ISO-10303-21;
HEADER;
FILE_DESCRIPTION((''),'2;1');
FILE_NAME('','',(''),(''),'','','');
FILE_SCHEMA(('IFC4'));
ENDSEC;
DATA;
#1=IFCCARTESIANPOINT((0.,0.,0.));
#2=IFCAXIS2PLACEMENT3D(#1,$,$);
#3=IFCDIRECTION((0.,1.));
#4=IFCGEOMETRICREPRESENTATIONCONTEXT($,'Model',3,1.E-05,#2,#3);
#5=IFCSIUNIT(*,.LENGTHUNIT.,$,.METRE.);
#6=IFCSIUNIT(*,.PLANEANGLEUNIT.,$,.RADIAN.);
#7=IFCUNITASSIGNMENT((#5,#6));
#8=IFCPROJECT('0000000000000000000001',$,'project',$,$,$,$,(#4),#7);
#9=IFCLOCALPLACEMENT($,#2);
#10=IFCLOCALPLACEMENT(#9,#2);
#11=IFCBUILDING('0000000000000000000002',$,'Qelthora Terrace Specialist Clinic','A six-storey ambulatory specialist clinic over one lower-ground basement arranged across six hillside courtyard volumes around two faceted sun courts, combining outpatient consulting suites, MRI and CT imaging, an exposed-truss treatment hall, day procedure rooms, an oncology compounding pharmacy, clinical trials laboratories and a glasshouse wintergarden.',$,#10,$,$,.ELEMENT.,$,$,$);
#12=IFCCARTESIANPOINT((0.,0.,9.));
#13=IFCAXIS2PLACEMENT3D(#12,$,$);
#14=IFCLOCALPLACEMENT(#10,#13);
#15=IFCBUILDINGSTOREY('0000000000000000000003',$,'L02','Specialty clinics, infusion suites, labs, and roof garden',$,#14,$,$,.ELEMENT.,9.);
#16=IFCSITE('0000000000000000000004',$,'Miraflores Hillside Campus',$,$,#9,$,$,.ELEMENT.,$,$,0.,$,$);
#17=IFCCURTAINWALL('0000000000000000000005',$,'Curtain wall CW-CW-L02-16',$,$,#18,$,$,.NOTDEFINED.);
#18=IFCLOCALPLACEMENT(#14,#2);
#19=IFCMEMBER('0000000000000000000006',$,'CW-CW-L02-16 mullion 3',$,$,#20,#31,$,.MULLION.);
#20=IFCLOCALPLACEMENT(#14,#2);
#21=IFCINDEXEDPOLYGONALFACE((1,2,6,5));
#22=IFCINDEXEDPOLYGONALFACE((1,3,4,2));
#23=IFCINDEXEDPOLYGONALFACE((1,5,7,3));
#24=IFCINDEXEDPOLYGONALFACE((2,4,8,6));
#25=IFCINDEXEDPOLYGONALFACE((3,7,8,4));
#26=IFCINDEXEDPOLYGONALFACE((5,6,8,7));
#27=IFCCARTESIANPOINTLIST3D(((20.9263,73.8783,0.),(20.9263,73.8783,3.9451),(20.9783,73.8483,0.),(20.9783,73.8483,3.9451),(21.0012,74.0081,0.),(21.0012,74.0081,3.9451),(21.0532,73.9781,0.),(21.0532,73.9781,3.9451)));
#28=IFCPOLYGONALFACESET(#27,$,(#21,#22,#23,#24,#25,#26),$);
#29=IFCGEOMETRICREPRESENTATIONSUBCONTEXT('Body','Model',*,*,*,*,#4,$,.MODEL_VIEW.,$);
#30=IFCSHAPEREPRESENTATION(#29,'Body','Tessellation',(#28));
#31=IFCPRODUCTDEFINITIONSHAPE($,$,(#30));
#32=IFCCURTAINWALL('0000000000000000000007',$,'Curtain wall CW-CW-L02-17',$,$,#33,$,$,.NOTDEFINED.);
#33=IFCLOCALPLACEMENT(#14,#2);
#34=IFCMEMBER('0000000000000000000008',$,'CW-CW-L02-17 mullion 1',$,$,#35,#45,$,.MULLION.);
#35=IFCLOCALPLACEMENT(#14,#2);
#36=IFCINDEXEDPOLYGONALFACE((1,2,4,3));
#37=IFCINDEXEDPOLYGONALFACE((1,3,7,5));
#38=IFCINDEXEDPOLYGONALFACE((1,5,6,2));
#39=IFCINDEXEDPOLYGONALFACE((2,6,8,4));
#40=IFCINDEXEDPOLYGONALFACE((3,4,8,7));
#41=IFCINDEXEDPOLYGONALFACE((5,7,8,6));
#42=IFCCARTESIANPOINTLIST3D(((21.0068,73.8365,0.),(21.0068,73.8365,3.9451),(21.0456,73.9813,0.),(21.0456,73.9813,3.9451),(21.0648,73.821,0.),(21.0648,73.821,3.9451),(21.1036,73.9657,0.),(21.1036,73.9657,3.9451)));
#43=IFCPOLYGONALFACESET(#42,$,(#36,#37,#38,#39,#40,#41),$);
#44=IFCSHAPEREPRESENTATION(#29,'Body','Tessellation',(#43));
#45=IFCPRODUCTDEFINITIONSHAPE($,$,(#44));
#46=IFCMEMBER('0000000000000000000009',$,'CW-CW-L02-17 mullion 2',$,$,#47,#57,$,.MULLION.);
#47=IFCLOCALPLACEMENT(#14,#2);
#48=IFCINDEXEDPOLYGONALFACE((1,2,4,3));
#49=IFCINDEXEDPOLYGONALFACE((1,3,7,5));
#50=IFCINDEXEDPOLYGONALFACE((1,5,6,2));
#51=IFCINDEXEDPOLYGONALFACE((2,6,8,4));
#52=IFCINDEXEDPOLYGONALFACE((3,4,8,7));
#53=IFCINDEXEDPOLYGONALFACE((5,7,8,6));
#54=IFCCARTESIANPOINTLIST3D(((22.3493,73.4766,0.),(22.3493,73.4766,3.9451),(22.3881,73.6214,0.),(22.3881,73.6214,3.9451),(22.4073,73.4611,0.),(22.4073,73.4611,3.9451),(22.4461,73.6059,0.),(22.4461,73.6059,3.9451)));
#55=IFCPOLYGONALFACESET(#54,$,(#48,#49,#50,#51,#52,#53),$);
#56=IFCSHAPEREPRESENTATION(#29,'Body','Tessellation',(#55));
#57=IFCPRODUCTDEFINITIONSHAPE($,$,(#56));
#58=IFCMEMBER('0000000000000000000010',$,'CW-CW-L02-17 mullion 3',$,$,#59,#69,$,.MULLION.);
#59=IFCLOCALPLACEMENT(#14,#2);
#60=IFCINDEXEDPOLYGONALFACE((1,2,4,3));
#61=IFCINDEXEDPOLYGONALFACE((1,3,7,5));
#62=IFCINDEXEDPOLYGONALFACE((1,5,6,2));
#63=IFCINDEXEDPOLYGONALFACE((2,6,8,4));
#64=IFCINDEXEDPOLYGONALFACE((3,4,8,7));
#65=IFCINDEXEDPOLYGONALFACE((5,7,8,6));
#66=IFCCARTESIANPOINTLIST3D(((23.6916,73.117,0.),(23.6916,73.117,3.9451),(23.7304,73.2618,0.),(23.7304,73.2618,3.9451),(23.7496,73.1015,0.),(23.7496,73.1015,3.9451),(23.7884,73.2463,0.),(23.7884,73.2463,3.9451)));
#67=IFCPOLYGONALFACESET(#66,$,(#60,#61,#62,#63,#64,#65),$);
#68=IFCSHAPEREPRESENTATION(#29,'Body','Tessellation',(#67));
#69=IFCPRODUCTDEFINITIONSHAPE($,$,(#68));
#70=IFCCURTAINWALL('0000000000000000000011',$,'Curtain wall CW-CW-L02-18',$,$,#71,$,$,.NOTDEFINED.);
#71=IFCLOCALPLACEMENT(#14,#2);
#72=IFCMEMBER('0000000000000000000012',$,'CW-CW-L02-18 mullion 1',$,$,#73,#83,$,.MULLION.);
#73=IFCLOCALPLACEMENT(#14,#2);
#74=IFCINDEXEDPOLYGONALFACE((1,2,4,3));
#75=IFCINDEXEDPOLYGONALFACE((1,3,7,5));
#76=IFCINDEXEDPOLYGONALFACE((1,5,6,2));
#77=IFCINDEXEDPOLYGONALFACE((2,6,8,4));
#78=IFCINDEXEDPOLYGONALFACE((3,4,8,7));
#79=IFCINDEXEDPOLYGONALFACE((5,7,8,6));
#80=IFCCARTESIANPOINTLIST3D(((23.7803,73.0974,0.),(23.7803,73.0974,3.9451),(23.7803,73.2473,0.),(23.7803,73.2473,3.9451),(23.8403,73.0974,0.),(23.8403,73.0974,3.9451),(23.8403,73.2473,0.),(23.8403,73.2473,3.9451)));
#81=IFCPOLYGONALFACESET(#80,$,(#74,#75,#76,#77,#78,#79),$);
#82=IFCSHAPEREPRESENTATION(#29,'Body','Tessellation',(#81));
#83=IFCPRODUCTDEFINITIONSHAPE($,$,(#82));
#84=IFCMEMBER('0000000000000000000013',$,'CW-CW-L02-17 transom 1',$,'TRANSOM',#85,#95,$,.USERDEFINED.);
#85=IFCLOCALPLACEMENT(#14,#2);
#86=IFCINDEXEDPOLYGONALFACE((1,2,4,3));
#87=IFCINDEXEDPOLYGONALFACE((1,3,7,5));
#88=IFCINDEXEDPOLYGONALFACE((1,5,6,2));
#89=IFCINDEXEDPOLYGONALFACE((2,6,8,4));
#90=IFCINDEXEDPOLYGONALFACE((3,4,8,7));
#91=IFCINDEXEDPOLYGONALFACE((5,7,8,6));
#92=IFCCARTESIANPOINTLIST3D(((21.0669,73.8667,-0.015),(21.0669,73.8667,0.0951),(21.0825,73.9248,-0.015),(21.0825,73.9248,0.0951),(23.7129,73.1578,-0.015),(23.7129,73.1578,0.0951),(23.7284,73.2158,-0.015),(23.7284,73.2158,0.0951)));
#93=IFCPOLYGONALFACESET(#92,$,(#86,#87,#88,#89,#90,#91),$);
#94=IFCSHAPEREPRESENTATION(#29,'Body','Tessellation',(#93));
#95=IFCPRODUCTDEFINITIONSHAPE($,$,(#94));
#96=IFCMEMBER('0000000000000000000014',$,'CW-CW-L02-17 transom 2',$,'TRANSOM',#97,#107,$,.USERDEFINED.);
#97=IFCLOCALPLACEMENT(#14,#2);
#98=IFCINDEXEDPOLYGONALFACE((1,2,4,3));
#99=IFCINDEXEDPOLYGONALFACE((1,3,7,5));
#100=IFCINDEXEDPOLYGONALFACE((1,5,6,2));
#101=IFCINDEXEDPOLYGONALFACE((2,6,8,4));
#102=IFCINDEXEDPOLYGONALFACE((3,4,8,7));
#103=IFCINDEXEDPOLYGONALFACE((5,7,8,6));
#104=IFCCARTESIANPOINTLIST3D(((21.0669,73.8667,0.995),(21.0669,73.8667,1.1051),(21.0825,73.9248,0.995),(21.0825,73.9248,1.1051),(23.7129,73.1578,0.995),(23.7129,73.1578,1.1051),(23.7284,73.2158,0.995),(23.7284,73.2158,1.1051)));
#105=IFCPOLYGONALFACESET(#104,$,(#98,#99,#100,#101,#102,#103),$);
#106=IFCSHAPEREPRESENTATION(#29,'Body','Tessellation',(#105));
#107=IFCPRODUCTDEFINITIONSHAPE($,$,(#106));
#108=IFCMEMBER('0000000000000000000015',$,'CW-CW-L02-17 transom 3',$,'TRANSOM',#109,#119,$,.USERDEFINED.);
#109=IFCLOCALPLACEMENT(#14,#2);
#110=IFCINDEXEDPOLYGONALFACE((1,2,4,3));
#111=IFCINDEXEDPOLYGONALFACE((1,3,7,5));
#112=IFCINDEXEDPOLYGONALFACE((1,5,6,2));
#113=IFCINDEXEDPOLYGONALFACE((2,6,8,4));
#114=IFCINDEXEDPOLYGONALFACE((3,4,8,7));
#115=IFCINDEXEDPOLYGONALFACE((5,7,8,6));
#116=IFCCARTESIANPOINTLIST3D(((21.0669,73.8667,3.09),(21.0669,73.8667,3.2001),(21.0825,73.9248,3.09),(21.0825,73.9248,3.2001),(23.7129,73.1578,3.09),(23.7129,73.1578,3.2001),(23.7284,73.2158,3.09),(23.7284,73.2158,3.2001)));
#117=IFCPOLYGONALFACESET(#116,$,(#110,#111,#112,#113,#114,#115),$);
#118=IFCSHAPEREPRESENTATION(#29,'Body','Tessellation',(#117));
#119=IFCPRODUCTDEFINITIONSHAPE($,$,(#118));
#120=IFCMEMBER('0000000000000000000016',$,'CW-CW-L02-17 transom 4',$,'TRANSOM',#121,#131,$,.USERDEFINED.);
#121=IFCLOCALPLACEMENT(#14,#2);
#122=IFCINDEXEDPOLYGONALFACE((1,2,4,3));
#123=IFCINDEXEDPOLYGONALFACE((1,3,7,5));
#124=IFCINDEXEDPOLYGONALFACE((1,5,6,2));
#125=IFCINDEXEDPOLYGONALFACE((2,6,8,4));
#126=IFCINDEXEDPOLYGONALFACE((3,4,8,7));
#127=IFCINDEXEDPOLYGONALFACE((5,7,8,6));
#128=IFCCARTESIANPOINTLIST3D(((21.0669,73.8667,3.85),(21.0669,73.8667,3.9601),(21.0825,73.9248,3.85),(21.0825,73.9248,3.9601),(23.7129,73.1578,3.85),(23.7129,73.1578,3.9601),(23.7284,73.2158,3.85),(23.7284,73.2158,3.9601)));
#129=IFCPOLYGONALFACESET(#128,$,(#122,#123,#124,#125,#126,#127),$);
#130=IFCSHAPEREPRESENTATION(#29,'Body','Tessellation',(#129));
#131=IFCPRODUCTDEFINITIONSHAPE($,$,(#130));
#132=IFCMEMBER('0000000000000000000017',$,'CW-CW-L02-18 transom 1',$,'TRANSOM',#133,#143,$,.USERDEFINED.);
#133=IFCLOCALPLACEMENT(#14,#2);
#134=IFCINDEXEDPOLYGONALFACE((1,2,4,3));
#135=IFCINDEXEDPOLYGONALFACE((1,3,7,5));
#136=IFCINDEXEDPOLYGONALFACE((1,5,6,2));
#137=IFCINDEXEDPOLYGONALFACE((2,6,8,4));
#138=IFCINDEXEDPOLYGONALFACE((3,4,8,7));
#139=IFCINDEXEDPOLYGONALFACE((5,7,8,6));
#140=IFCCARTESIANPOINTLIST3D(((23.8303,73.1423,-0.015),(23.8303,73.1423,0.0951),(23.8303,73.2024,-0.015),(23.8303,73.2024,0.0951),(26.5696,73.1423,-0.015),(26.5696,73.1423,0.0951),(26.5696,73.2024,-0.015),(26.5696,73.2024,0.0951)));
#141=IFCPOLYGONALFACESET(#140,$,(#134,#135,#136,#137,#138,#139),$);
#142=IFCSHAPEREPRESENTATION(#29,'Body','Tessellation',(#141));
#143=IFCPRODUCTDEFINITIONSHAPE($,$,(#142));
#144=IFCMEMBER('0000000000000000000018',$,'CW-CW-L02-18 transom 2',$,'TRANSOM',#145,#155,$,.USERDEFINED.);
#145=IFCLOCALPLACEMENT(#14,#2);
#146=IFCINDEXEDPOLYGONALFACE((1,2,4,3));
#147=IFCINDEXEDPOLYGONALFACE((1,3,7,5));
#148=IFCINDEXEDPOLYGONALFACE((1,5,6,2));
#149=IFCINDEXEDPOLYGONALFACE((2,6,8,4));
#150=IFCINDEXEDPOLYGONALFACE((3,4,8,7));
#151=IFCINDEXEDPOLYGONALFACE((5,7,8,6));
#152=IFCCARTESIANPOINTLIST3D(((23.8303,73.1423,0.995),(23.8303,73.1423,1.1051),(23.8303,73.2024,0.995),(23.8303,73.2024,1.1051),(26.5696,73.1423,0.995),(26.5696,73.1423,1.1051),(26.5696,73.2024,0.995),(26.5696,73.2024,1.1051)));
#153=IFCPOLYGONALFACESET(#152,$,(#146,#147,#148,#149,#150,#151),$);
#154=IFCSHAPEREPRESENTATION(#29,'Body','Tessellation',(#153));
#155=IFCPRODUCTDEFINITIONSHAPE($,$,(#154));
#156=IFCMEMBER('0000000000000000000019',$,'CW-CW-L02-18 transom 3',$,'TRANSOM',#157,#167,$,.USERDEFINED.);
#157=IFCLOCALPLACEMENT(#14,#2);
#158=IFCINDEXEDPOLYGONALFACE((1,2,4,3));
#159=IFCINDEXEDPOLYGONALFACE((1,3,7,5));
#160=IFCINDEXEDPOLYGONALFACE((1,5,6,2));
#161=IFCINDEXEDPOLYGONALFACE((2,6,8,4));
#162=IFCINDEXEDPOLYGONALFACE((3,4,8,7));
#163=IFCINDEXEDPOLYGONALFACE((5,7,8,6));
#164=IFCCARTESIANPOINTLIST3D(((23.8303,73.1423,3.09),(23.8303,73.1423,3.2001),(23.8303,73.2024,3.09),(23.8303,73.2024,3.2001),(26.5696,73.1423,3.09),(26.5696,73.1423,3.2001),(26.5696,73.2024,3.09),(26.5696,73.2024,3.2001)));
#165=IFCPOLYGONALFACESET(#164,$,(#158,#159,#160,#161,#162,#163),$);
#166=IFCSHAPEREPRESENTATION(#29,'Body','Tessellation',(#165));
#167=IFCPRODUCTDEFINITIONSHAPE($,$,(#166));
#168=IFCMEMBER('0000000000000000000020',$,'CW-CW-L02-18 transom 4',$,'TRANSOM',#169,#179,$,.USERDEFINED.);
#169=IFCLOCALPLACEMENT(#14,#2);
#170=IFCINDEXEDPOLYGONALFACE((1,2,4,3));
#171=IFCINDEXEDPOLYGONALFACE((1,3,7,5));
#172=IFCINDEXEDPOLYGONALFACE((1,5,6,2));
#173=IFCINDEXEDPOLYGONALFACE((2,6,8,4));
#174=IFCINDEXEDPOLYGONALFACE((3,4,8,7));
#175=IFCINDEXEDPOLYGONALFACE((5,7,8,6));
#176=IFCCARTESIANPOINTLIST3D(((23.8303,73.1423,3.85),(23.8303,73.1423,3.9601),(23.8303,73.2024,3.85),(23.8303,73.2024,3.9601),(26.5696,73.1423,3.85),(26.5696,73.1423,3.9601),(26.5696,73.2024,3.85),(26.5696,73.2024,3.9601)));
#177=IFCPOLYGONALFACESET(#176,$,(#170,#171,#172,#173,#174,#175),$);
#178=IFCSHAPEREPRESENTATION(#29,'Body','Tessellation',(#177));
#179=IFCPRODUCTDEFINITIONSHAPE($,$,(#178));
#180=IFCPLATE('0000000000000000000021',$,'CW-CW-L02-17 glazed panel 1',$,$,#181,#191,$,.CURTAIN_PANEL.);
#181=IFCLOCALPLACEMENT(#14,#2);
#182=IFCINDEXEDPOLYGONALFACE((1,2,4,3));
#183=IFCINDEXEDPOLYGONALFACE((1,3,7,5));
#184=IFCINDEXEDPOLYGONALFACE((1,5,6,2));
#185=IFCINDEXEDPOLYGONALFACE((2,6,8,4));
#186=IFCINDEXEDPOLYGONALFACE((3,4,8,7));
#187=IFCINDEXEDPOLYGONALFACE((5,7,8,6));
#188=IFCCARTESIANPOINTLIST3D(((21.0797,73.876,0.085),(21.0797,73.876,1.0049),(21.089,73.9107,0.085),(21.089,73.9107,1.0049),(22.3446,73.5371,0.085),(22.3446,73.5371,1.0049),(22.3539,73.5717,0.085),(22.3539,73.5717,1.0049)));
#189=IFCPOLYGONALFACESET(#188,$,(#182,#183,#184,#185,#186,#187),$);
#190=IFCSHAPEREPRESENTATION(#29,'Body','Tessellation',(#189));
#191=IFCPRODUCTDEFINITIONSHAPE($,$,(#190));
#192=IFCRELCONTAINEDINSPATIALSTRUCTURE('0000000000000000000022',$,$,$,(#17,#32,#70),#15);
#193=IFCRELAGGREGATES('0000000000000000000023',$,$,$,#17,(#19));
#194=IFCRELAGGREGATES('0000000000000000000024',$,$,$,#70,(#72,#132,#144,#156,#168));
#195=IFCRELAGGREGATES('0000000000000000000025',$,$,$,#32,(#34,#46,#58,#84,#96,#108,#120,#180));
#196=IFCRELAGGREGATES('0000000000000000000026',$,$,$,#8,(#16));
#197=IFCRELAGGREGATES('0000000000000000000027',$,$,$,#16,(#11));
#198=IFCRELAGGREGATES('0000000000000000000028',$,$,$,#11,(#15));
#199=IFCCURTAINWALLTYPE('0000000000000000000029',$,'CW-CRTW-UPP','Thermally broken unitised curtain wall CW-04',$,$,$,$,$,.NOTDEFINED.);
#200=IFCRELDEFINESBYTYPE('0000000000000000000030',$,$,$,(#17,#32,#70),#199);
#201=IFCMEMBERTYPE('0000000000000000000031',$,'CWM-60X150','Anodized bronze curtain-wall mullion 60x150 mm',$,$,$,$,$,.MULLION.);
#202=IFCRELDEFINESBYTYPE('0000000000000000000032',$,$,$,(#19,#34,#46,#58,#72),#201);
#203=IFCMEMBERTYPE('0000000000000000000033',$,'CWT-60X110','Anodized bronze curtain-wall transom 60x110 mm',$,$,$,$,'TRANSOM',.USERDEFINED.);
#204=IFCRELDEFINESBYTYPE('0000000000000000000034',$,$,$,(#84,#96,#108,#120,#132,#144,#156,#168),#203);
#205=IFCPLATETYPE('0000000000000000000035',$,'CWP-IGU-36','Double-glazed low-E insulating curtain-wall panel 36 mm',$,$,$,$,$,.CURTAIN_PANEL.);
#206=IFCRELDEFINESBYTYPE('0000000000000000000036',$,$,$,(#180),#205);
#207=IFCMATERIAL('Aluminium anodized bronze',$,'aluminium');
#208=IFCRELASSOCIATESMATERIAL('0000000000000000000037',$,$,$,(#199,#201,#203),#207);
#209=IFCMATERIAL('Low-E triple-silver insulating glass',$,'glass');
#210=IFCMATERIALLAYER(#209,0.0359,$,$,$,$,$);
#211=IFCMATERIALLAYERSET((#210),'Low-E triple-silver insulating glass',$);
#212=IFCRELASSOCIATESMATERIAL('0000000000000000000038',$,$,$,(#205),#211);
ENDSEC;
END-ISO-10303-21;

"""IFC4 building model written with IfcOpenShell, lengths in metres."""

from ifc_helpers import new_model, si_unit, direction, frame, origin, origin_2d, place, context, subcontext, project, spatial, rectangle, extrude, material, layer, layer_set, material_profile, profile_set, type_object, element, aggregate, save


model = new_model("IFC4")

# Units and contexts
model_context = context("Model", 3, precision=1e-05, world=origin(), true_north=direction((0.0, 1.0)))
body_context = subcontext(model_context, "Body", "Model", "MODEL_VIEW")
ifc_project = project(units=[si_unit("LENGTHUNIT", "METRE"), si_unit("PLANEANGLEUNIT", "RADIAN")], contexts=[model_context])

# Site, building, storey
site_placement = place(None, origin())
site = spatial("IfcSite", under=ifc_project, at=site_placement, Name="Miraflores Hillside Campus", CompositionType="ELEMENT", RefElevation=0.0)
building_placement = place(site_placement, origin())
building = spatial("IfcBuilding", under=site, at=building_placement, Name="Qelthora Terrace Specialist Clinic", Description="A six-storey ambulatory specialist clinic over one lower-ground basement arranged across six hillside courtyard volumes around two faceted sun courts, combining outpatient consulting suites, MRI and CT imaging, an exposed-truss treatment hall, day procedure rooms, an oncology compounding pharmacy, clinical trials laboratories and a glasshouse wintergarden.", CompositionType="ELEMENT")
storey_placement = place(building_placement, frame((0.0, 0.0, 9.0)))
storey = spatial("IfcBuildingStorey", under=building, at=storey_placement, Name="L02", Description="Specialty clinics, infusion suites, labs, and roof garden", CompositionType="ELEMENT", Elevation=9.0)

# Curtain wall, member
ifc_material_1 = material(Name="Aluminium anodized bronze", Category="aluminium")
curtain_wall_type = type_object("IfcCurtainWallType", Name="CW-CRTW-UPP", Description="Thermally broken unitised curtain wall CW-04", PredefinedType="NOTDEFINED", material=ifc_material_1)
curtain_wall_1_placement = place(storey_placement, origin())
curtain_wall_1 = element("IfcCurtainWall", 1, at=curtain_wall_1_placement, inside=storey, type_object=curtain_wall_type, Name="Curtain wall CW-CW-L02-16", PredefinedType="NOTDEFINED")
ifc_material_profile_1 = material_profile(ifc_material_1, rectangle(XDim=0.0601, YDim=0.1499, at=origin_2d()), Name="CWM60X150")
ifc_profile_set_1 = profile_set([ifc_material_profile_1], Name="Aluminium anodized bronze")
member_type_1 = type_object("IfcMemberType", Name="CWM-60X150", Description="Anodized bronze curtain-wall mullion 60x150 mm", PredefinedType="MULLION", material=ifc_profile_set_1)
member_1_placement = place(storey_placement, frame((20.9897, 73.9282, 0.0), z_axis=(0.0, 0.0, 1.0), x_axis=(0.866026, -0.5, 0.0)))
member_1 = element("IfcMember", 2, at=member_1_placement, type_object=member_type_1, Name="CW-CW-L02-16 mullion 3", PredefinedType="MULLION", context=body_context, shape_type="SweptSolid", body=[
    extrude(rectangle(XDim=0.0601, YDim=0.1499, at=origin_2d()), origin(), (0.0, 0.0, 1.0), 3.9451),
])
aggregate(curtain_wall_1, [member_1])

# Curtain wall, members
curtain_wall_2_placement = place(storey_placement, origin())
curtain_wall_2 = element("IfcCurtainWall", 3, at=curtain_wall_2_placement, inside=storey, type_object=curtain_wall_type, Name="Curtain wall CW-CW-L02-17", PredefinedType="NOTDEFINED")
member_2_placement = place(storey_placement, frame((21.0552, 73.9011, 0.0), z_axis=(0.0, 0.0, 1.0), x_axis=(0.965925, -0.25882, 0.0)))
member_2 = element("IfcMember", 4, at=member_2_placement, type_object=member_type_1, Name="CW-CW-L02-17 mullion 1", PredefinedType="MULLION", context=body_context, shape_type="SweptSolid", body=[
    extrude(rectangle(XDim=0.0601, YDim=0.1499, at=origin_2d()), origin(), (0.0, 0.0, 1.0), 3.9451),
])
member_3_placement = place(storey_placement, frame((22.3977, 73.5413, 0.0), z_axis=(0.0, 0.0, 1.0), x_axis=(0.965925, -0.25882, 0.0)))
member_3 = element("IfcMember", 5, at=member_3_placement, type_object=member_type_1, Name="CW-CW-L02-17 mullion 2", PredefinedType="MULLION", context=body_context, shape_type="SweptSolid", body=[
    extrude(rectangle(XDim=0.0601, YDim=0.1499, at=origin_2d()), origin(), (0.0, 0.0, 1.0), 3.9451),
])
member_4_placement = place(storey_placement, frame((23.74, 73.1816, 0.0), z_axis=(0.0, 0.0, 1.0), x_axis=(0.965925, -0.25882, 0.0)))
member_4 = element("IfcMember", 6, at=member_4_placement, type_object=member_type_1, Name="CW-CW-L02-17 mullion 3", PredefinedType="MULLION", context=body_context, shape_type="SweptSolid", body=[
    extrude(rectangle(XDim=0.0601, YDim=0.1499, at=origin_2d()), origin(), (0.0, 0.0, 1.0), 3.9451),
])

# Curtain wall, member
curtain_wall_3_placement = place(storey_placement, origin())
curtain_wall_3 = element("IfcCurtainWall", 7, at=curtain_wall_3_placement, inside=storey, type_object=curtain_wall_type, Name="Curtain wall CW-CW-L02-18", PredefinedType="NOTDEFINED")
member_5_placement = place(storey_placement, frame((23.8103, 73.1724, 0.0), z_axis=(0.0, 0.0, 1.0), x_axis=(1.0, 0.0, 0.0)))
member_5 = element("IfcMember", 8, at=member_5_placement, type_object=member_type_1, Name="CW-CW-L02-18 mullion 1", PredefinedType="MULLION", context=body_context, shape_type="SweptSolid", body=[
    extrude(rectangle(XDim=0.0601, YDim=0.1499, at=origin_2d()), origin(), (0.0, 0.0, 1.0), 3.9451),
])

# Members
ifc_material_profile_2 = material_profile(ifc_material_1, rectangle(XDim=0.0601, YDim=0.1101, at=origin_2d()), Name="CWT60X110")
ifc_profile_set_2 = profile_set([ifc_material_profile_2], Name="Aluminium anodized bronze")
member_type_2 = type_object("IfcMemberType", Name="CWT-60X110", Description="Anodized bronze curtain-wall transom 60x110 mm", ElementType="TRANSOM", PredefinedType="USERDEFINED", material=ifc_profile_set_2)
member_6_placement = place(storey_placement, frame((21.0747, 73.8958, 0.04), z_axis=(0.965927, -0.258816, 0.0), x_axis=(0.258816, 0.965927, 0.0)))
member_6 = element("IfcMember", 9, at=member_6_placement, type_object=member_type_2, Name="CW-CW-L02-17 transom 1", ObjectType="TRANSOM", PredefinedType="USERDEFINED", context=body_context, shape_type="SweptSolid", body=[
    extrude(rectangle(XDim=0.0601, YDim=0.1101, at=origin_2d()), origin(), (0.0, 0.0, 1.0), 2.7393),
])
member_7_placement = place(storey_placement, frame((21.0747, 73.8958, 1.05), z_axis=(0.965927, -0.258816, 0.0), x_axis=(0.258816, 0.965927, 0.0)))
member_7 = element("IfcMember", 10, at=member_7_placement, type_object=member_type_2, Name="CW-CW-L02-17 transom 2", ObjectType="TRANSOM", PredefinedType="USERDEFINED", context=body_context, shape_type="SweptSolid", body=[
    extrude(rectangle(XDim=0.0601, YDim=0.1101, at=origin_2d()), origin(), (0.0, 0.0, 1.0), 2.7393),
])
member_8_placement = place(storey_placement, frame((21.0747, 73.8958, 3.145), z_axis=(0.965927, -0.258816, 0.0), x_axis=(0.258816, 0.965927, 0.0)))
member_8 = element("IfcMember", 11, at=member_8_placement, type_object=member_type_2, Name="CW-CW-L02-17 transom 3", ObjectType="TRANSOM", PredefinedType="USERDEFINED", context=body_context, shape_type="SweptSolid", body=[
    extrude(rectangle(XDim=0.0601, YDim=0.1101, at=origin_2d()), origin(), (0.0, 0.0, 1.0), 2.7393),
])
member_9_placement = place(storey_placement, frame((21.0747, 73.8958, 3.905), z_axis=(0.965927, -0.258816, 0.0), x_axis=(0.258816, 0.965927, 0.0)))
member_9 = element("IfcMember", 12, at=member_9_placement, type_object=member_type_2, Name="CW-CW-L02-17 transom 4", ObjectType="TRANSOM", PredefinedType="USERDEFINED", context=body_context, shape_type="SweptSolid", body=[
    extrude(rectangle(XDim=0.0601, YDim=0.1101, at=origin_2d()), origin(), (0.0, 0.0, 1.0), 2.7393),
])
member_10_placement = place(storey_placement, frame((23.8303, 73.1724, 0.04), z_axis=(1.0, 0.0, 0.0), x_axis=(0.0, 1.0, 0.0)))
member_10 = element("IfcMember", 13, at=member_10_placement, type_object=member_type_2, Name="CW-CW-L02-18 transom 1", ObjectType="TRANSOM", PredefinedType="USERDEFINED", context=body_context, shape_type="SweptSolid", body=[
    extrude(rectangle(XDim=0.0601, YDim=0.1101, at=origin_2d()), origin(), (0.0, 0.0, 1.0), 2.7393),
])
member_11_placement = place(storey_placement, frame((23.8303, 73.1724, 1.05), z_axis=(1.0, 0.0, 0.0), x_axis=(0.0, 1.0, 0.0)))
member_11 = element("IfcMember", 14, at=member_11_placement, type_object=member_type_2, Name="CW-CW-L02-18 transom 2", ObjectType="TRANSOM", PredefinedType="USERDEFINED", context=body_context, shape_type="SweptSolid", body=[
    extrude(rectangle(XDim=0.0601, YDim=0.1101, at=origin_2d()), origin(), (0.0, 0.0, 1.0), 2.7393),
])
member_12_placement = place(storey_placement, frame((23.8303, 73.1724, 3.145), z_axis=(1.0, 0.0, 0.0), x_axis=(0.0, 1.0, 0.0)))
member_12 = element("IfcMember", 15, at=member_12_placement, type_object=member_type_2, Name="CW-CW-L02-18 transom 3", ObjectType="TRANSOM", PredefinedType="USERDEFINED", context=body_context, shape_type="SweptSolid", body=[
    extrude(rectangle(XDim=0.0601, YDim=0.1101, at=origin_2d()), origin(), (0.0, 0.0, 1.0), 2.7393),
])
member_13_placement = place(storey_placement, frame((23.8303, 73.1724, 3.905), z_axis=(1.0, 0.0, 0.0), x_axis=(0.0, 1.0, 0.0)))
member_13 = element("IfcMember", 16, at=member_13_placement, type_object=member_type_2, Name="CW-CW-L02-18 transom 4", ObjectType="TRANSOM", PredefinedType="USERDEFINED", context=body_context, shape_type="SweptSolid", body=[
    extrude(rectangle(XDim=0.0601, YDim=0.1101, at=origin_2d()), origin(), (0.0, 0.0, 1.0), 2.7393),
])
aggregate(curtain_wall_3, [member_5, member_10, member_11, member_12, member_13])

# Plate
ifc_material_2 = material(Name="Low-E triple-silver insulating glass", Category="glass")
ifc_layer_1 = layer(ifc_material_2, 0.0359)
ifc_layer_set_1 = layer_set([ifc_layer_1], Name="Low-E triple-silver insulating glass")
plate_type = type_object("IfcPlateType", Name="CWP-IGU-36", Description="Double-glazed low-E insulating curtain-wall panel 36 mm", PredefinedType="CURTAIN_PANEL", material=ifc_layer_set_1)
plate_1_placement = place(storey_placement, frame((21.7168, 73.7239, 0.085), z_axis=(0.0, 0.0, 1.0), x_axis=(0.965925, -0.258821, 0.0)))
plate_1 = element("IfcPlate", 17, at=plate_1_placement, type_object=plate_type, Name="CW-CW-L02-17 glazed panel 1", PredefinedType="CURTAIN_PANEL", context=body_context, shape_type="SweptSolid", body=[
    extrude(rectangle(XDim=1.3096, YDim=0.0359, at=origin_2d()), origin(), (0.0, 0.0, 1.0), 0.9199),
])
aggregate(curtain_wall_2, [member_2, member_3, member_4, member_6, member_7, member_8, member_9, plate_1])

save(model, "model.ifc")
